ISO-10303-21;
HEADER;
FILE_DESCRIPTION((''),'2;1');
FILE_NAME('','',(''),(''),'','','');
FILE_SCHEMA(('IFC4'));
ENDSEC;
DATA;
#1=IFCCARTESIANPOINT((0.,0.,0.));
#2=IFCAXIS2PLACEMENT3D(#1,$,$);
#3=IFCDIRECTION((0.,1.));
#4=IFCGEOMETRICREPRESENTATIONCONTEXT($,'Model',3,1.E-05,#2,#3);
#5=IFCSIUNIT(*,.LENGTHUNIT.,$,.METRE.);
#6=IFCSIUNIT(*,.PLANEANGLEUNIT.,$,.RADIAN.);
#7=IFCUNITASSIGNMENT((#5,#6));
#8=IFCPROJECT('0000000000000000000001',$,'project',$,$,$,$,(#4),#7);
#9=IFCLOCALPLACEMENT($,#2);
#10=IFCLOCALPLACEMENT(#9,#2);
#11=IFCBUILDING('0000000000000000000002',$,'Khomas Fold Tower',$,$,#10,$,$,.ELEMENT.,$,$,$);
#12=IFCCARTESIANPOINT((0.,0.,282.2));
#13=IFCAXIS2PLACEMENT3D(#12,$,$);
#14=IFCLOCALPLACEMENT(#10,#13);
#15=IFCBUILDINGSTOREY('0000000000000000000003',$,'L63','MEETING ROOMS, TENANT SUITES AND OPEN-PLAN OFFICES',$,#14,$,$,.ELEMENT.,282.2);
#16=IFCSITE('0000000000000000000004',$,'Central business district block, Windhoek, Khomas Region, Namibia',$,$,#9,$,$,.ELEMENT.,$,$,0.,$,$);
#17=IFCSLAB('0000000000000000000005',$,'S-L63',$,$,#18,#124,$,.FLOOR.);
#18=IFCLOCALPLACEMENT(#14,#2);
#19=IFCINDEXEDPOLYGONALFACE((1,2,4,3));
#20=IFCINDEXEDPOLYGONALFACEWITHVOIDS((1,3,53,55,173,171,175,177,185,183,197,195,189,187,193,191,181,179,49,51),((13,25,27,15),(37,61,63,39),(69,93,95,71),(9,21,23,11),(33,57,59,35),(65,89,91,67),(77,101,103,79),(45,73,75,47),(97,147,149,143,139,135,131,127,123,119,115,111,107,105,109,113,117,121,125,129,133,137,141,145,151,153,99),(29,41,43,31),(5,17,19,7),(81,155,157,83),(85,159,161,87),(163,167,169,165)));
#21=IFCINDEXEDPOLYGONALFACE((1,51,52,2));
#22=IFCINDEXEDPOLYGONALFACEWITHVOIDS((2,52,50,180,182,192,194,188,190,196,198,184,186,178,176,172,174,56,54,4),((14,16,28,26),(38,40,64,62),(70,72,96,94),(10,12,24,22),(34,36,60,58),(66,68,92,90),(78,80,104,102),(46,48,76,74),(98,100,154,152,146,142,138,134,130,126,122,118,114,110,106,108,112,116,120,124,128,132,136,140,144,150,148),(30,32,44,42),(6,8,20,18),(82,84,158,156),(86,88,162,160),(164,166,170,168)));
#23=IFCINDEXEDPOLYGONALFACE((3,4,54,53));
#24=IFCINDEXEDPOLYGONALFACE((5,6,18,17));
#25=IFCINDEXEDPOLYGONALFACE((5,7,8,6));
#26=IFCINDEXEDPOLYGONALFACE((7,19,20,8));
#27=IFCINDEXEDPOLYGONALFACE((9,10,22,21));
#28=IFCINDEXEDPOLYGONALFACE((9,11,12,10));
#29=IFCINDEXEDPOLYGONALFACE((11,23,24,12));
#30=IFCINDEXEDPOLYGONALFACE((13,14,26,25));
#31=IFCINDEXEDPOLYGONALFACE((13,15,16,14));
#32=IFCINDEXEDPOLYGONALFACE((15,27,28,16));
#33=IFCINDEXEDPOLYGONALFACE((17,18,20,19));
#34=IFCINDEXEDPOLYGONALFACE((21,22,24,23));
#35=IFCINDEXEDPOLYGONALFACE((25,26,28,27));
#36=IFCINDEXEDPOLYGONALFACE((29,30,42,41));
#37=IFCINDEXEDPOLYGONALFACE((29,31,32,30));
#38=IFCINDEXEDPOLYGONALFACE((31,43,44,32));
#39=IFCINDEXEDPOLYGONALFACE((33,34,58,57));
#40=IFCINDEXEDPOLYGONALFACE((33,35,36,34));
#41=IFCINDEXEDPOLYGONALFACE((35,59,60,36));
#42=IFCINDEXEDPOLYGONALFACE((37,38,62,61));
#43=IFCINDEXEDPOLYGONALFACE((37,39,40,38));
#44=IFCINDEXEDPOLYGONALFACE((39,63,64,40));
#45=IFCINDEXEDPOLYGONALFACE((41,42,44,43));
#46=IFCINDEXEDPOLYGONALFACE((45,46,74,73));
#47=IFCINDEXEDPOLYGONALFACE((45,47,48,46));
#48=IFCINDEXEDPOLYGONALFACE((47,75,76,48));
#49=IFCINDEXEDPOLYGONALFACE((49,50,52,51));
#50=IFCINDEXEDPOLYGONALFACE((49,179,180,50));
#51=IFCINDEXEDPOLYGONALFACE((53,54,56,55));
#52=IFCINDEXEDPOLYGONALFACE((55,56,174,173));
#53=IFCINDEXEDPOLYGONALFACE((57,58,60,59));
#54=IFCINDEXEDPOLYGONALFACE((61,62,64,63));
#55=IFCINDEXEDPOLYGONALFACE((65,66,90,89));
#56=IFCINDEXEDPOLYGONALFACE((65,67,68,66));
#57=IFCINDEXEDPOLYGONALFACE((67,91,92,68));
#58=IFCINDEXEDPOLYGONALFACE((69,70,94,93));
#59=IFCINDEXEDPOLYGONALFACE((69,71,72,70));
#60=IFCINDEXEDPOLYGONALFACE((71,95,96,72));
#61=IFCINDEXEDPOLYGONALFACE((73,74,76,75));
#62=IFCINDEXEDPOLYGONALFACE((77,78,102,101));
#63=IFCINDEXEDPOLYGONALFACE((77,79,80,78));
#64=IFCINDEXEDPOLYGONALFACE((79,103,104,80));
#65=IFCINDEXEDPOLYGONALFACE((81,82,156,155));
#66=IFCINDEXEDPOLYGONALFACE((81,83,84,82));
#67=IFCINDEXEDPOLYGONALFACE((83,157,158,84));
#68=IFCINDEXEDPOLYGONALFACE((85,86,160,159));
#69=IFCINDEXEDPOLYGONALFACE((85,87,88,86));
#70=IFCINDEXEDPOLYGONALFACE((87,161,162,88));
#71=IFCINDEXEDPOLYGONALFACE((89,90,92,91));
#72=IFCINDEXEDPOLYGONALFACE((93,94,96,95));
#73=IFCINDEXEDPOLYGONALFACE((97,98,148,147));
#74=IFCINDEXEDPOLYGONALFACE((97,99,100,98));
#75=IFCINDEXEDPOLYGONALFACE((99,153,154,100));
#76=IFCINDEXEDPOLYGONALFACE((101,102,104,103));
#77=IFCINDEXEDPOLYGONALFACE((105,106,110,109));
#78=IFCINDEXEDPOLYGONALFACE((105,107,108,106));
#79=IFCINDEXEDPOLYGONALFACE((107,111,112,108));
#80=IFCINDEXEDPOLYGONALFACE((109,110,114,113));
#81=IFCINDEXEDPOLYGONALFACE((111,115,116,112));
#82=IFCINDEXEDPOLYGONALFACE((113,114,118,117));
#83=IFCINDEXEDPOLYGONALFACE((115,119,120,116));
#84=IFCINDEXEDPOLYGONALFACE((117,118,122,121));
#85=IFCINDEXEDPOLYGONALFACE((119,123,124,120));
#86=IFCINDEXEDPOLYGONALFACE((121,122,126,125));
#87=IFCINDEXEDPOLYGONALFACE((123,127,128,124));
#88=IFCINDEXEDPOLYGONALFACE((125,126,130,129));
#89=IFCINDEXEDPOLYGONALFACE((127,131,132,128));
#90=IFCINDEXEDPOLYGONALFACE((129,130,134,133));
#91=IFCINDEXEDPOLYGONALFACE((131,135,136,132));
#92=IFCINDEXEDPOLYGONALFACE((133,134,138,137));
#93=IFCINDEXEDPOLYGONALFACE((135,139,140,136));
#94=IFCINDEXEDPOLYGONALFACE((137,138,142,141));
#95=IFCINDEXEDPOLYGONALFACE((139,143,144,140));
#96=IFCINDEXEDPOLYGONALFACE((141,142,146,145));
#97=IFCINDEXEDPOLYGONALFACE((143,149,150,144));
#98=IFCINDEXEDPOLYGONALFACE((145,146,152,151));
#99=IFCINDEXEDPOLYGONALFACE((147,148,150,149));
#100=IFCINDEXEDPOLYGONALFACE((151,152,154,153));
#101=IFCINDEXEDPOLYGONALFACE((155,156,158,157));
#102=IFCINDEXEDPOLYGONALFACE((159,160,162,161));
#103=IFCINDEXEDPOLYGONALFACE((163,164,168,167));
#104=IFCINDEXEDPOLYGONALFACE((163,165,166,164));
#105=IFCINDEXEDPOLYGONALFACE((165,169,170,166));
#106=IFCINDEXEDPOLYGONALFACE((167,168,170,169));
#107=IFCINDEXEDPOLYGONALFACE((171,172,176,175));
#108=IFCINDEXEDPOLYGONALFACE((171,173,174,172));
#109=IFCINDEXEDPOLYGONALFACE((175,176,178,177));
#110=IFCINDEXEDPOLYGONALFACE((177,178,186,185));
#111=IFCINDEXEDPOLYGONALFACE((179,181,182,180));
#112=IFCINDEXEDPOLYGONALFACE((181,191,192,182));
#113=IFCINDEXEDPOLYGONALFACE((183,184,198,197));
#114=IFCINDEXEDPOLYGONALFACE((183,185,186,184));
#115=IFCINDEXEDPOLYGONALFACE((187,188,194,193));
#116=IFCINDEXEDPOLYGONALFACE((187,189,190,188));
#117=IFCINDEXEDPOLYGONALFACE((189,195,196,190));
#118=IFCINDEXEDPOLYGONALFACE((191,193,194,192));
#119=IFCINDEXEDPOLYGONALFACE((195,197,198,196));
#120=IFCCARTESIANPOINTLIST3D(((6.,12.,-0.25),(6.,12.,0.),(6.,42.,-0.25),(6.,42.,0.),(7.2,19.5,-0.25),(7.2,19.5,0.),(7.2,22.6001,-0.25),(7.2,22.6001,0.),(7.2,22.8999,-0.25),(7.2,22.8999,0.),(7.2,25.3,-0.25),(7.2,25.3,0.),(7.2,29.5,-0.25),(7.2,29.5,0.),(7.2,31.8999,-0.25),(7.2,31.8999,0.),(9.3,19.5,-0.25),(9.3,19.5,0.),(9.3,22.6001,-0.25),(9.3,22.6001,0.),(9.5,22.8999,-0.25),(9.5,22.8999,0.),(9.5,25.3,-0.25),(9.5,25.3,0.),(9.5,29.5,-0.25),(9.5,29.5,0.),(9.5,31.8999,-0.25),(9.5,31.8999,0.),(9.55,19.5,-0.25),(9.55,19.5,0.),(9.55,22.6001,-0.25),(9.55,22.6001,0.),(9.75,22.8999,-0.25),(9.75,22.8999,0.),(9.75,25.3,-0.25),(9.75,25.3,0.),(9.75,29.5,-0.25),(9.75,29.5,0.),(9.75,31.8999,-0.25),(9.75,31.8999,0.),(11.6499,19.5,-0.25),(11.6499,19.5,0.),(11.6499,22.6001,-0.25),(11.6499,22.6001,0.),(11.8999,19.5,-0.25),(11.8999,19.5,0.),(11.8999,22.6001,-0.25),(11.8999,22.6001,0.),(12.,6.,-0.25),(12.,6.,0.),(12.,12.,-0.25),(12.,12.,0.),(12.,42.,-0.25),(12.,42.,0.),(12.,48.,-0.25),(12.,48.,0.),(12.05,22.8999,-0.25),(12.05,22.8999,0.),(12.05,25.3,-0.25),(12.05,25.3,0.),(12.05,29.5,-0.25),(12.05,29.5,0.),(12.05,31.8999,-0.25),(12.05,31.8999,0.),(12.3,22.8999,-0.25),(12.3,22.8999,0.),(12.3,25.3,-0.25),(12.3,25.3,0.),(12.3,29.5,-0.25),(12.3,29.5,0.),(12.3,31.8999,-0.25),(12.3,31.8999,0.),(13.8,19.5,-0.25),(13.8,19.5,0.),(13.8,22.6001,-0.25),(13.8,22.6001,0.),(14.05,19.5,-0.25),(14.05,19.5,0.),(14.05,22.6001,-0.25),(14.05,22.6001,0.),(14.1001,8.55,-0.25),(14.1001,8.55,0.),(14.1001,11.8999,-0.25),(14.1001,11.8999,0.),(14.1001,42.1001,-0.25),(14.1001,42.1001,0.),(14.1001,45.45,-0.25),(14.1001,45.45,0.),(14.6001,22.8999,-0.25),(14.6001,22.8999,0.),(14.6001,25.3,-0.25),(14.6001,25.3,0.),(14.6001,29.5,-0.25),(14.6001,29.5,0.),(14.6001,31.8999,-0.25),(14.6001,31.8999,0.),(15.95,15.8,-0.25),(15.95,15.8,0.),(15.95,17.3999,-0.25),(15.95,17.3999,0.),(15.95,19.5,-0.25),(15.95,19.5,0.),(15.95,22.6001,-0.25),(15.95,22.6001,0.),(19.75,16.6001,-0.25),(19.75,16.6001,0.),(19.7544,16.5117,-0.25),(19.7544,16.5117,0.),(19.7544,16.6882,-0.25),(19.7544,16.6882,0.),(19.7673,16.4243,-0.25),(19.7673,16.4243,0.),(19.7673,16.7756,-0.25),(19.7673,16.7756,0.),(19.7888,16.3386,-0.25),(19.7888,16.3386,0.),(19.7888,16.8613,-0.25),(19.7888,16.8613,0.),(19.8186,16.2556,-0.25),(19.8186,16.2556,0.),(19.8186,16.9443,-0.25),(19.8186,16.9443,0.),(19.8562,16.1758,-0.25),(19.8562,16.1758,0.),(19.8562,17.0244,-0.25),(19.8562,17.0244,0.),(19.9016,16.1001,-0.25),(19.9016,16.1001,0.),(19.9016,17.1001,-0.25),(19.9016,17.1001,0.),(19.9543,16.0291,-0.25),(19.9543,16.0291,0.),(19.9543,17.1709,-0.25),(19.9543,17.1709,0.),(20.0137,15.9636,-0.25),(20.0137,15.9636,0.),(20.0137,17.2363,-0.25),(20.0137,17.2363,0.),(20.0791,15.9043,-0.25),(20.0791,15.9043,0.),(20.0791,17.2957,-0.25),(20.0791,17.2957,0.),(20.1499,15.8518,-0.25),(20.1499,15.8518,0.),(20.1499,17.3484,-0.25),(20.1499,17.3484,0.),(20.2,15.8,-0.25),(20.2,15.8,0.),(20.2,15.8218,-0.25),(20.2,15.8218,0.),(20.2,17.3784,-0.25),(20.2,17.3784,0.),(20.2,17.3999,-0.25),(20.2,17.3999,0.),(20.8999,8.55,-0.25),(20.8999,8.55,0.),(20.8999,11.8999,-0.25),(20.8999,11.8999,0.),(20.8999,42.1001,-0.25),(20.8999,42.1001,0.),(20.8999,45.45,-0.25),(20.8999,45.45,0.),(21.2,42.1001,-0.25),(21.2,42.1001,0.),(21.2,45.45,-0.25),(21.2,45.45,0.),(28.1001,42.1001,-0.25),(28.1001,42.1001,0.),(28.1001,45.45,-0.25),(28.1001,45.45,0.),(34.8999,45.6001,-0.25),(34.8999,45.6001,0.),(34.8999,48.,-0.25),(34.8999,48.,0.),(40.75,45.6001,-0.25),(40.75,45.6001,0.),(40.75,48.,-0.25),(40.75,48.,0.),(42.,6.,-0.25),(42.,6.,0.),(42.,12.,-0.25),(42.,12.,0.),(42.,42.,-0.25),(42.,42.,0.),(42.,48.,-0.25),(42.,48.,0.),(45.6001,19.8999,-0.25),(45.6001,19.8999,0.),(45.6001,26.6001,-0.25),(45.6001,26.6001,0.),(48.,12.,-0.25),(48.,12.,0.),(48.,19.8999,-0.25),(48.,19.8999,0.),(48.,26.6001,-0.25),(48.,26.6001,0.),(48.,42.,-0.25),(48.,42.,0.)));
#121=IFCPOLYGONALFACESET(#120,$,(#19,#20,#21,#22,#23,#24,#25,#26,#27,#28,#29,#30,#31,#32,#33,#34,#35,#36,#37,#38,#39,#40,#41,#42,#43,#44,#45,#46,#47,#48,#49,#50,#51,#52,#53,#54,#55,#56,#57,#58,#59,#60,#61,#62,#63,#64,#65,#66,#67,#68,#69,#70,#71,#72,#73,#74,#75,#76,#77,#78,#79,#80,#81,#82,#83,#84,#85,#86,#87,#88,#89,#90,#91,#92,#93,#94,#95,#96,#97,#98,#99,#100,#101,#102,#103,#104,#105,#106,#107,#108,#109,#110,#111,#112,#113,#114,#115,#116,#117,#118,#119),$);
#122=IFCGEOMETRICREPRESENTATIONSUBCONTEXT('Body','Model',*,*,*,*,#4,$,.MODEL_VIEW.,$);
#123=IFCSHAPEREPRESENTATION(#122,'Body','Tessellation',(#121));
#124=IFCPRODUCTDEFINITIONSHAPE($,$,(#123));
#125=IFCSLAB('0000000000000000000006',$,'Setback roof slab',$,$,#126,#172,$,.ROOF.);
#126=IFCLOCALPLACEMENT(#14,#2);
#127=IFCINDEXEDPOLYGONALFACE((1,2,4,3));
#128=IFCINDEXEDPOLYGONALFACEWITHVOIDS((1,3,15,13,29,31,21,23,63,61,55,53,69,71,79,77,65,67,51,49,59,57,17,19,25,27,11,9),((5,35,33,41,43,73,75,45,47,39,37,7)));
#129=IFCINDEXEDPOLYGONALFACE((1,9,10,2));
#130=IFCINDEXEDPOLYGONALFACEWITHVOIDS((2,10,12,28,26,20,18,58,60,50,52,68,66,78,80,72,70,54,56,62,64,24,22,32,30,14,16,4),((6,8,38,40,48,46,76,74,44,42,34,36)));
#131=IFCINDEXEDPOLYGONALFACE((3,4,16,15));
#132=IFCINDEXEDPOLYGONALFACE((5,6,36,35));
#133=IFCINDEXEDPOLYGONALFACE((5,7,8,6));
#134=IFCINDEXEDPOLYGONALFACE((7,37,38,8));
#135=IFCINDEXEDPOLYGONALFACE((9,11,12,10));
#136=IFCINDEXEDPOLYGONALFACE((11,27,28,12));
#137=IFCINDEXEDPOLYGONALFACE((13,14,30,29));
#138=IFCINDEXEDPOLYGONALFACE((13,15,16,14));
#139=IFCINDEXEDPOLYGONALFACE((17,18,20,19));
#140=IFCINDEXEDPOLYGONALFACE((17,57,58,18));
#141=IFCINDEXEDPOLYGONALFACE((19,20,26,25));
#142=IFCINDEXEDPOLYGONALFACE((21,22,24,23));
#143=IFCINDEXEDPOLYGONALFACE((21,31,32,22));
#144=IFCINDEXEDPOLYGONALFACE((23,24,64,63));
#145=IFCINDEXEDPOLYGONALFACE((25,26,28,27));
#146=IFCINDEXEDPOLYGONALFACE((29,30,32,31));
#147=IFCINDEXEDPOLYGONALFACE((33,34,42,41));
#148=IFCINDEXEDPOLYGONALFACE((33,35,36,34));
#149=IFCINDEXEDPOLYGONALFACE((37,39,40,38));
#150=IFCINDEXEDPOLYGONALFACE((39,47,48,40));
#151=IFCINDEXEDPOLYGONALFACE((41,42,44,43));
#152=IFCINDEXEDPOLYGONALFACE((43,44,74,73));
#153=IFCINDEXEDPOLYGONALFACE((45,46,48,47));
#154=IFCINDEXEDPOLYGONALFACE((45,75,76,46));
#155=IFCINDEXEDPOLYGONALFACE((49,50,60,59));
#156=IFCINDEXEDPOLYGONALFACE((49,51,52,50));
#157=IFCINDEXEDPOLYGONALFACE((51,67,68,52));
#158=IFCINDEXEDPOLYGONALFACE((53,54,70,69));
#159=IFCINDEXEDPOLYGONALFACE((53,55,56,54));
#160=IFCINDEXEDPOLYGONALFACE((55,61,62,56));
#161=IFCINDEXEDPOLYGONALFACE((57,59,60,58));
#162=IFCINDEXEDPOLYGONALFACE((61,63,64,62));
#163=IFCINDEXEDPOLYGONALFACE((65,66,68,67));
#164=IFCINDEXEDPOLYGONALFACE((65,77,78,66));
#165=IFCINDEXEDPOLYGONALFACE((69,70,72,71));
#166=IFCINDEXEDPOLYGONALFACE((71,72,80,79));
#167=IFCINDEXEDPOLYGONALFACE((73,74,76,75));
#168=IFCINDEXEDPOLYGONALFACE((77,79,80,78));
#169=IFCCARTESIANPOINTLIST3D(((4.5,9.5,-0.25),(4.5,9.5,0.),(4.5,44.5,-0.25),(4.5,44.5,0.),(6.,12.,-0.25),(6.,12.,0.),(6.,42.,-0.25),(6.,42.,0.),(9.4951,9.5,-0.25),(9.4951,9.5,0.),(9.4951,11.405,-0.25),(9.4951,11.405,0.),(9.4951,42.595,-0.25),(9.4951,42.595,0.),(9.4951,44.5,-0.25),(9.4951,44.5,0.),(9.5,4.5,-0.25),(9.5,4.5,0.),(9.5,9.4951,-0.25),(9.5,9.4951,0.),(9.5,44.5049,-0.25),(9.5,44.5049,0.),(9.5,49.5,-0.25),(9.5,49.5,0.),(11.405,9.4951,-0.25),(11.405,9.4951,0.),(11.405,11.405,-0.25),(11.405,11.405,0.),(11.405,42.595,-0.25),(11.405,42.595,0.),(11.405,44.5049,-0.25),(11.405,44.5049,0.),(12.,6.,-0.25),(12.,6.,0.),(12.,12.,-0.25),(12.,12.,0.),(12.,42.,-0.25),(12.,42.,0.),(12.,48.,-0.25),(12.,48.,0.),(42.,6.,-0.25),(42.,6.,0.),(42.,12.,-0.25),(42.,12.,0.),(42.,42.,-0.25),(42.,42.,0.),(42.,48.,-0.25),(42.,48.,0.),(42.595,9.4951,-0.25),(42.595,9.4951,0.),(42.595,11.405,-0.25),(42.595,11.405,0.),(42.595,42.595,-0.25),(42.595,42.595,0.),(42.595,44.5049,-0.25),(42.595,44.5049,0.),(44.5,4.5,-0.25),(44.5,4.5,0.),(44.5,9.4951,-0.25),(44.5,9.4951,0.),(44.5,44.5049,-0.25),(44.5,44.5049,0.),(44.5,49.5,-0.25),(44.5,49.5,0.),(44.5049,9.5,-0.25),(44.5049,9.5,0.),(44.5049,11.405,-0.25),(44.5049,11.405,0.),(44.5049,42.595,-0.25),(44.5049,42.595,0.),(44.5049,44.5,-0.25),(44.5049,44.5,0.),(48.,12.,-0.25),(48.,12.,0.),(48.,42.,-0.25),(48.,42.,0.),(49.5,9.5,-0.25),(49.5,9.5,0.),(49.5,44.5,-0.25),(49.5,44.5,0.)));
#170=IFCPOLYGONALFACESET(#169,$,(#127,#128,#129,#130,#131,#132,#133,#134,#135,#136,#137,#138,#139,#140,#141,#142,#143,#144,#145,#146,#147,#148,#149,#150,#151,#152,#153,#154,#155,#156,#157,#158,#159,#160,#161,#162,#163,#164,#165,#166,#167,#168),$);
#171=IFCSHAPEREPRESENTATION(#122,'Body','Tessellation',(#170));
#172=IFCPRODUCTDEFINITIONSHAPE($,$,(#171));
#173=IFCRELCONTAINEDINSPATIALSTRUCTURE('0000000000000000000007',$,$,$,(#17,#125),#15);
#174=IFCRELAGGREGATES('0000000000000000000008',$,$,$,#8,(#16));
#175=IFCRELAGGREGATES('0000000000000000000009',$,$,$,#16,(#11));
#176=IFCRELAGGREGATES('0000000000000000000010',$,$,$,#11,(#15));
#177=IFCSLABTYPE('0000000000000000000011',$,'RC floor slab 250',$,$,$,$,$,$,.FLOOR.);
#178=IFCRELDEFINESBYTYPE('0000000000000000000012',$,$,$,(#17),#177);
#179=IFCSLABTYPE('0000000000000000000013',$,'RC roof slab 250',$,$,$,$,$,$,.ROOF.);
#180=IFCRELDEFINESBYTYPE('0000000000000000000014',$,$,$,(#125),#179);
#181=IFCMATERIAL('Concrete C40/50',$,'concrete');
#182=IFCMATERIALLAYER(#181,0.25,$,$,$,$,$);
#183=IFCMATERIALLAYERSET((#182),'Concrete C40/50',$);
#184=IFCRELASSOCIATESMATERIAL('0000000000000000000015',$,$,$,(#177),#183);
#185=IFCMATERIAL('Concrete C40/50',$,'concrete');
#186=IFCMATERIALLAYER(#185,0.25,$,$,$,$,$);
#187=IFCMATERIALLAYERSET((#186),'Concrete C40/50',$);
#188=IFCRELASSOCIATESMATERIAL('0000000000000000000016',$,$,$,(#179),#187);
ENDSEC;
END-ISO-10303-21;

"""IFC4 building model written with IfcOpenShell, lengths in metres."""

from ifc_helpers import new_model, si_unit, direction, frame, origin, place, context, subcontext, project, spatial, polyline, outline, extrude, source, transform, mapped, material, layer, layer_set, type_object, element, save


model = new_model("IFC4")

# Units and contexts
model_context = context("Model", 3, precision=1e-05, world=origin(), true_north=direction((0.0, 1.0)))
body_context = subcontext(model_context, "Body", "Model", "MODEL_VIEW")
ifc_project = project(units=[si_unit("LENGTHUNIT", "METRE"), si_unit("PLANEANGLEUNIT", "RADIAN")], contexts=[model_context])

# Site, building, storey
site_placement = place(None, origin())
site = spatial("IfcSite", under=ifc_project, at=site_placement, Name="Central business district block, Windhoek, Khomas Region, Namibia", CompositionType="ELEMENT", RefElevation=0.0)
building_placement = place(site_placement, origin())
building = spatial("IfcBuilding", under=site, at=building_placement, Name="Khomas Fold Tower", CompositionType="ELEMENT")
storey_placement = place(building_placement, frame((0.0, 0.0, 282.2)))
storey = spatial("IfcBuildingStorey", under=building, at=storey_placement, Name="L63", Description="MEETING ROOMS, TENANT SUITES AND OPEN-PLAN OFFICES", CompositionType="ELEMENT", Elevation=282.2)

# Slabs
ifc_material_1 = material(Name="Concrete C40/50", Category="concrete")
ifc_layer_1 = layer(ifc_material_1, 0.25)
ifc_layer_set_1 = layer_set([ifc_layer_1], Name="Concrete C40/50")
slab_type_1 = type_object("IfcSlabType", Name="RC floor slab 250", PredefinedType="FLOOR", material=ifc_layer_set_1)
shared_shape_1 = source(origin(), body_context, "Body", "SweptSolid", [
    extrude(outline(polyline([(6.0, 12.0), (12.0, 12.0), (12.0, 6.0), (42.0, 6.0), (42.0, 12.0), (48.0, 12.0), (48.0, 19.8999), (45.6001, 19.8999), (45.6001, 26.6001), (48.0, 26.6001), (48.0, 42.0), (42.0, 42.0), (42.0, 48.0), (40.75, 48.0), (40.75, 45.6001), (34.8999, 45.6001), (34.8999, 48.0), (12.0, 48.0), (12.0, 42.0), (6.0, 42.0), (6.0, 12.0)]), holes=[polyline([(7.2, 19.5), (7.2, 22.6001), (9.3, 22.6001), (9.3, 19.5), (7.2, 19.5)]), polyline([(7.2, 22.8999), (7.2, 25.3), (9.5, 25.3), (9.5, 22.8999), (7.2, 22.8999)]), polyline([(7.2, 29.5), (7.2, 31.8999), (9.5, 31.8999), (9.5, 29.5), (7.2, 29.5)]), polyline([(9.55, 19.5), (9.55, 22.6001), (11.6499, 22.6001), (11.6499, 19.5), (9.55, 19.5)]), polyline([(9.75, 22.8999), (9.75, 25.3), (12.05, 25.3), (12.05, 22.8999), (9.75, 22.8999)]), polyline([(9.75, 29.5), (9.75, 31.8999), (12.05, 31.8999), (12.05, 29.5), (9.75, 29.5)]), polyline([(11.8999, 19.5), (11.8999, 22.6001), (13.8, 22.6001), (13.8, 19.5), (11.8999, 19.5)]), polyline([(12.3, 22.8999), (12.3, 25.3), (14.6001, 25.3), (14.6001, 22.8999), (12.3, 22.8999)]), polyline([(12.3, 29.5), (12.3, 31.8999), (14.6001, 31.8999), (14.6001, 29.5), (12.3, 29.5)]), polyline([(14.05, 19.5), (14.05, 22.6001), (15.95, 22.6001), (15.95, 19.5), (14.05, 19.5)]), polyline([(14.1001, 8.55), (14.1001, 11.8999), (20.8999, 11.8999), (20.8999, 8.55), (14.1001, 8.55)]), polyline([(14.1001, 42.1001), (14.1001, 45.45), (20.8999, 45.45), (20.8999, 42.1001), (14.1001, 42.1001)]), polyline([(15.95, 15.8), (15.95, 17.3999), (20.2, 17.3999), (20.2, 17.3784), (20.1499, 17.3484), (20.0791, 17.2957), (20.0137, 17.2363), (19.9543, 17.1709), (19.9016, 17.1001), (19.8562, 17.0244), (19.8186, 16.9443), (19.7888, 16.8613), (19.7673, 16.7756), (19.7544, 16.6882), (19.75, 16.6001), (19.7544, 16.5117), (19.7673, 16.4243), (19.7888, 16.3386), (19.8186, 16.2556), (19.8562, 16.1758), (19.9016, 16.1001), (19.9543, 16.0291), (20.0137, 15.9636), (20.0791, 15.9043), (20.1499, 15.8518), (20.2, 15.8218), (20.2, 15.8), (15.95, 15.8)]), polyline([(21.2, 42.1001), (21.2, 45.45), (28.1001, 45.45), (28.1001, 42.1001), (21.2, 42.1001)])]), origin(), (0.0, 0.0, 1.0), 0.25),
])
slab_1_placement = place(storey_placement, frame((0.0, 0.0, -0.25)))
element("IfcSlab", 1, at=slab_1_placement, inside=storey, type_object=slab_type_1, Name="S-L63", PredefinedType="FLOOR", context=body_context, shape_type="MappedRepresentation", body=[
    mapped(shared_shape_1, transform((0.0, 0.0, 0.0))),
])
ifc_material_2 = material(Name="Concrete C40/50", Category="concrete")
ifc_layer_2 = layer(ifc_material_2, 0.25)
ifc_layer_set_2 = layer_set([ifc_layer_2], Name="Concrete C40/50")
slab_type_2 = type_object("IfcSlabType", Name="RC roof slab 250", PredefinedType="ROOF", material=ifc_layer_set_2)
shared_shape_2 = source(origin(), body_context, "Body", "SweptSolid", [
    extrude(outline(polyline([(4.5, 9.5), (9.4951, 9.5), (9.4951, 11.405), (11.405, 11.405), (11.405, 9.4951), (9.5, 9.4951), (9.5, 4.5), (44.5, 4.5), (44.5, 9.4951), (42.595, 9.4951), (42.595, 11.405), (44.5049, 11.405), (44.5049, 9.5), (49.5, 9.5), (49.5, 44.5), (44.5049, 44.5), (44.5049, 42.595), (42.595, 42.595), (42.595, 44.5049), (44.5, 44.5049), (44.5, 49.5), (9.5, 49.5), (9.5, 44.5049), (11.405, 44.5049), (11.405, 42.595), (9.4951, 42.595), (9.4951, 44.5), (4.5, 44.5), (4.5, 9.5)]), holes=[polyline([(6.0, 12.0), (6.0, 42.0), (12.0, 42.0), (12.0, 48.0), (42.0, 48.0), (42.0, 42.0), (48.0, 42.0), (48.0, 12.0), (42.0, 12.0), (42.0, 6.0), (12.0, 6.0), (12.0, 12.0), (6.0, 12.0)])]), origin(), (0.0, 0.0, 1.0), 0.25),
])
slab_2_placement = place(storey_placement, frame((0.0, 0.0, -0.25)))
element("IfcSlab", 2, at=slab_2_placement, inside=storey, type_object=slab_type_2, Name="Setback roof slab", PredefinedType="ROOF", context=body_context, shape_type="MappedRepresentation", body=[
    mapped(shared_shape_2, transform((0.0, 0.0, 0.0))),
])

save(model, "model.ifc")
